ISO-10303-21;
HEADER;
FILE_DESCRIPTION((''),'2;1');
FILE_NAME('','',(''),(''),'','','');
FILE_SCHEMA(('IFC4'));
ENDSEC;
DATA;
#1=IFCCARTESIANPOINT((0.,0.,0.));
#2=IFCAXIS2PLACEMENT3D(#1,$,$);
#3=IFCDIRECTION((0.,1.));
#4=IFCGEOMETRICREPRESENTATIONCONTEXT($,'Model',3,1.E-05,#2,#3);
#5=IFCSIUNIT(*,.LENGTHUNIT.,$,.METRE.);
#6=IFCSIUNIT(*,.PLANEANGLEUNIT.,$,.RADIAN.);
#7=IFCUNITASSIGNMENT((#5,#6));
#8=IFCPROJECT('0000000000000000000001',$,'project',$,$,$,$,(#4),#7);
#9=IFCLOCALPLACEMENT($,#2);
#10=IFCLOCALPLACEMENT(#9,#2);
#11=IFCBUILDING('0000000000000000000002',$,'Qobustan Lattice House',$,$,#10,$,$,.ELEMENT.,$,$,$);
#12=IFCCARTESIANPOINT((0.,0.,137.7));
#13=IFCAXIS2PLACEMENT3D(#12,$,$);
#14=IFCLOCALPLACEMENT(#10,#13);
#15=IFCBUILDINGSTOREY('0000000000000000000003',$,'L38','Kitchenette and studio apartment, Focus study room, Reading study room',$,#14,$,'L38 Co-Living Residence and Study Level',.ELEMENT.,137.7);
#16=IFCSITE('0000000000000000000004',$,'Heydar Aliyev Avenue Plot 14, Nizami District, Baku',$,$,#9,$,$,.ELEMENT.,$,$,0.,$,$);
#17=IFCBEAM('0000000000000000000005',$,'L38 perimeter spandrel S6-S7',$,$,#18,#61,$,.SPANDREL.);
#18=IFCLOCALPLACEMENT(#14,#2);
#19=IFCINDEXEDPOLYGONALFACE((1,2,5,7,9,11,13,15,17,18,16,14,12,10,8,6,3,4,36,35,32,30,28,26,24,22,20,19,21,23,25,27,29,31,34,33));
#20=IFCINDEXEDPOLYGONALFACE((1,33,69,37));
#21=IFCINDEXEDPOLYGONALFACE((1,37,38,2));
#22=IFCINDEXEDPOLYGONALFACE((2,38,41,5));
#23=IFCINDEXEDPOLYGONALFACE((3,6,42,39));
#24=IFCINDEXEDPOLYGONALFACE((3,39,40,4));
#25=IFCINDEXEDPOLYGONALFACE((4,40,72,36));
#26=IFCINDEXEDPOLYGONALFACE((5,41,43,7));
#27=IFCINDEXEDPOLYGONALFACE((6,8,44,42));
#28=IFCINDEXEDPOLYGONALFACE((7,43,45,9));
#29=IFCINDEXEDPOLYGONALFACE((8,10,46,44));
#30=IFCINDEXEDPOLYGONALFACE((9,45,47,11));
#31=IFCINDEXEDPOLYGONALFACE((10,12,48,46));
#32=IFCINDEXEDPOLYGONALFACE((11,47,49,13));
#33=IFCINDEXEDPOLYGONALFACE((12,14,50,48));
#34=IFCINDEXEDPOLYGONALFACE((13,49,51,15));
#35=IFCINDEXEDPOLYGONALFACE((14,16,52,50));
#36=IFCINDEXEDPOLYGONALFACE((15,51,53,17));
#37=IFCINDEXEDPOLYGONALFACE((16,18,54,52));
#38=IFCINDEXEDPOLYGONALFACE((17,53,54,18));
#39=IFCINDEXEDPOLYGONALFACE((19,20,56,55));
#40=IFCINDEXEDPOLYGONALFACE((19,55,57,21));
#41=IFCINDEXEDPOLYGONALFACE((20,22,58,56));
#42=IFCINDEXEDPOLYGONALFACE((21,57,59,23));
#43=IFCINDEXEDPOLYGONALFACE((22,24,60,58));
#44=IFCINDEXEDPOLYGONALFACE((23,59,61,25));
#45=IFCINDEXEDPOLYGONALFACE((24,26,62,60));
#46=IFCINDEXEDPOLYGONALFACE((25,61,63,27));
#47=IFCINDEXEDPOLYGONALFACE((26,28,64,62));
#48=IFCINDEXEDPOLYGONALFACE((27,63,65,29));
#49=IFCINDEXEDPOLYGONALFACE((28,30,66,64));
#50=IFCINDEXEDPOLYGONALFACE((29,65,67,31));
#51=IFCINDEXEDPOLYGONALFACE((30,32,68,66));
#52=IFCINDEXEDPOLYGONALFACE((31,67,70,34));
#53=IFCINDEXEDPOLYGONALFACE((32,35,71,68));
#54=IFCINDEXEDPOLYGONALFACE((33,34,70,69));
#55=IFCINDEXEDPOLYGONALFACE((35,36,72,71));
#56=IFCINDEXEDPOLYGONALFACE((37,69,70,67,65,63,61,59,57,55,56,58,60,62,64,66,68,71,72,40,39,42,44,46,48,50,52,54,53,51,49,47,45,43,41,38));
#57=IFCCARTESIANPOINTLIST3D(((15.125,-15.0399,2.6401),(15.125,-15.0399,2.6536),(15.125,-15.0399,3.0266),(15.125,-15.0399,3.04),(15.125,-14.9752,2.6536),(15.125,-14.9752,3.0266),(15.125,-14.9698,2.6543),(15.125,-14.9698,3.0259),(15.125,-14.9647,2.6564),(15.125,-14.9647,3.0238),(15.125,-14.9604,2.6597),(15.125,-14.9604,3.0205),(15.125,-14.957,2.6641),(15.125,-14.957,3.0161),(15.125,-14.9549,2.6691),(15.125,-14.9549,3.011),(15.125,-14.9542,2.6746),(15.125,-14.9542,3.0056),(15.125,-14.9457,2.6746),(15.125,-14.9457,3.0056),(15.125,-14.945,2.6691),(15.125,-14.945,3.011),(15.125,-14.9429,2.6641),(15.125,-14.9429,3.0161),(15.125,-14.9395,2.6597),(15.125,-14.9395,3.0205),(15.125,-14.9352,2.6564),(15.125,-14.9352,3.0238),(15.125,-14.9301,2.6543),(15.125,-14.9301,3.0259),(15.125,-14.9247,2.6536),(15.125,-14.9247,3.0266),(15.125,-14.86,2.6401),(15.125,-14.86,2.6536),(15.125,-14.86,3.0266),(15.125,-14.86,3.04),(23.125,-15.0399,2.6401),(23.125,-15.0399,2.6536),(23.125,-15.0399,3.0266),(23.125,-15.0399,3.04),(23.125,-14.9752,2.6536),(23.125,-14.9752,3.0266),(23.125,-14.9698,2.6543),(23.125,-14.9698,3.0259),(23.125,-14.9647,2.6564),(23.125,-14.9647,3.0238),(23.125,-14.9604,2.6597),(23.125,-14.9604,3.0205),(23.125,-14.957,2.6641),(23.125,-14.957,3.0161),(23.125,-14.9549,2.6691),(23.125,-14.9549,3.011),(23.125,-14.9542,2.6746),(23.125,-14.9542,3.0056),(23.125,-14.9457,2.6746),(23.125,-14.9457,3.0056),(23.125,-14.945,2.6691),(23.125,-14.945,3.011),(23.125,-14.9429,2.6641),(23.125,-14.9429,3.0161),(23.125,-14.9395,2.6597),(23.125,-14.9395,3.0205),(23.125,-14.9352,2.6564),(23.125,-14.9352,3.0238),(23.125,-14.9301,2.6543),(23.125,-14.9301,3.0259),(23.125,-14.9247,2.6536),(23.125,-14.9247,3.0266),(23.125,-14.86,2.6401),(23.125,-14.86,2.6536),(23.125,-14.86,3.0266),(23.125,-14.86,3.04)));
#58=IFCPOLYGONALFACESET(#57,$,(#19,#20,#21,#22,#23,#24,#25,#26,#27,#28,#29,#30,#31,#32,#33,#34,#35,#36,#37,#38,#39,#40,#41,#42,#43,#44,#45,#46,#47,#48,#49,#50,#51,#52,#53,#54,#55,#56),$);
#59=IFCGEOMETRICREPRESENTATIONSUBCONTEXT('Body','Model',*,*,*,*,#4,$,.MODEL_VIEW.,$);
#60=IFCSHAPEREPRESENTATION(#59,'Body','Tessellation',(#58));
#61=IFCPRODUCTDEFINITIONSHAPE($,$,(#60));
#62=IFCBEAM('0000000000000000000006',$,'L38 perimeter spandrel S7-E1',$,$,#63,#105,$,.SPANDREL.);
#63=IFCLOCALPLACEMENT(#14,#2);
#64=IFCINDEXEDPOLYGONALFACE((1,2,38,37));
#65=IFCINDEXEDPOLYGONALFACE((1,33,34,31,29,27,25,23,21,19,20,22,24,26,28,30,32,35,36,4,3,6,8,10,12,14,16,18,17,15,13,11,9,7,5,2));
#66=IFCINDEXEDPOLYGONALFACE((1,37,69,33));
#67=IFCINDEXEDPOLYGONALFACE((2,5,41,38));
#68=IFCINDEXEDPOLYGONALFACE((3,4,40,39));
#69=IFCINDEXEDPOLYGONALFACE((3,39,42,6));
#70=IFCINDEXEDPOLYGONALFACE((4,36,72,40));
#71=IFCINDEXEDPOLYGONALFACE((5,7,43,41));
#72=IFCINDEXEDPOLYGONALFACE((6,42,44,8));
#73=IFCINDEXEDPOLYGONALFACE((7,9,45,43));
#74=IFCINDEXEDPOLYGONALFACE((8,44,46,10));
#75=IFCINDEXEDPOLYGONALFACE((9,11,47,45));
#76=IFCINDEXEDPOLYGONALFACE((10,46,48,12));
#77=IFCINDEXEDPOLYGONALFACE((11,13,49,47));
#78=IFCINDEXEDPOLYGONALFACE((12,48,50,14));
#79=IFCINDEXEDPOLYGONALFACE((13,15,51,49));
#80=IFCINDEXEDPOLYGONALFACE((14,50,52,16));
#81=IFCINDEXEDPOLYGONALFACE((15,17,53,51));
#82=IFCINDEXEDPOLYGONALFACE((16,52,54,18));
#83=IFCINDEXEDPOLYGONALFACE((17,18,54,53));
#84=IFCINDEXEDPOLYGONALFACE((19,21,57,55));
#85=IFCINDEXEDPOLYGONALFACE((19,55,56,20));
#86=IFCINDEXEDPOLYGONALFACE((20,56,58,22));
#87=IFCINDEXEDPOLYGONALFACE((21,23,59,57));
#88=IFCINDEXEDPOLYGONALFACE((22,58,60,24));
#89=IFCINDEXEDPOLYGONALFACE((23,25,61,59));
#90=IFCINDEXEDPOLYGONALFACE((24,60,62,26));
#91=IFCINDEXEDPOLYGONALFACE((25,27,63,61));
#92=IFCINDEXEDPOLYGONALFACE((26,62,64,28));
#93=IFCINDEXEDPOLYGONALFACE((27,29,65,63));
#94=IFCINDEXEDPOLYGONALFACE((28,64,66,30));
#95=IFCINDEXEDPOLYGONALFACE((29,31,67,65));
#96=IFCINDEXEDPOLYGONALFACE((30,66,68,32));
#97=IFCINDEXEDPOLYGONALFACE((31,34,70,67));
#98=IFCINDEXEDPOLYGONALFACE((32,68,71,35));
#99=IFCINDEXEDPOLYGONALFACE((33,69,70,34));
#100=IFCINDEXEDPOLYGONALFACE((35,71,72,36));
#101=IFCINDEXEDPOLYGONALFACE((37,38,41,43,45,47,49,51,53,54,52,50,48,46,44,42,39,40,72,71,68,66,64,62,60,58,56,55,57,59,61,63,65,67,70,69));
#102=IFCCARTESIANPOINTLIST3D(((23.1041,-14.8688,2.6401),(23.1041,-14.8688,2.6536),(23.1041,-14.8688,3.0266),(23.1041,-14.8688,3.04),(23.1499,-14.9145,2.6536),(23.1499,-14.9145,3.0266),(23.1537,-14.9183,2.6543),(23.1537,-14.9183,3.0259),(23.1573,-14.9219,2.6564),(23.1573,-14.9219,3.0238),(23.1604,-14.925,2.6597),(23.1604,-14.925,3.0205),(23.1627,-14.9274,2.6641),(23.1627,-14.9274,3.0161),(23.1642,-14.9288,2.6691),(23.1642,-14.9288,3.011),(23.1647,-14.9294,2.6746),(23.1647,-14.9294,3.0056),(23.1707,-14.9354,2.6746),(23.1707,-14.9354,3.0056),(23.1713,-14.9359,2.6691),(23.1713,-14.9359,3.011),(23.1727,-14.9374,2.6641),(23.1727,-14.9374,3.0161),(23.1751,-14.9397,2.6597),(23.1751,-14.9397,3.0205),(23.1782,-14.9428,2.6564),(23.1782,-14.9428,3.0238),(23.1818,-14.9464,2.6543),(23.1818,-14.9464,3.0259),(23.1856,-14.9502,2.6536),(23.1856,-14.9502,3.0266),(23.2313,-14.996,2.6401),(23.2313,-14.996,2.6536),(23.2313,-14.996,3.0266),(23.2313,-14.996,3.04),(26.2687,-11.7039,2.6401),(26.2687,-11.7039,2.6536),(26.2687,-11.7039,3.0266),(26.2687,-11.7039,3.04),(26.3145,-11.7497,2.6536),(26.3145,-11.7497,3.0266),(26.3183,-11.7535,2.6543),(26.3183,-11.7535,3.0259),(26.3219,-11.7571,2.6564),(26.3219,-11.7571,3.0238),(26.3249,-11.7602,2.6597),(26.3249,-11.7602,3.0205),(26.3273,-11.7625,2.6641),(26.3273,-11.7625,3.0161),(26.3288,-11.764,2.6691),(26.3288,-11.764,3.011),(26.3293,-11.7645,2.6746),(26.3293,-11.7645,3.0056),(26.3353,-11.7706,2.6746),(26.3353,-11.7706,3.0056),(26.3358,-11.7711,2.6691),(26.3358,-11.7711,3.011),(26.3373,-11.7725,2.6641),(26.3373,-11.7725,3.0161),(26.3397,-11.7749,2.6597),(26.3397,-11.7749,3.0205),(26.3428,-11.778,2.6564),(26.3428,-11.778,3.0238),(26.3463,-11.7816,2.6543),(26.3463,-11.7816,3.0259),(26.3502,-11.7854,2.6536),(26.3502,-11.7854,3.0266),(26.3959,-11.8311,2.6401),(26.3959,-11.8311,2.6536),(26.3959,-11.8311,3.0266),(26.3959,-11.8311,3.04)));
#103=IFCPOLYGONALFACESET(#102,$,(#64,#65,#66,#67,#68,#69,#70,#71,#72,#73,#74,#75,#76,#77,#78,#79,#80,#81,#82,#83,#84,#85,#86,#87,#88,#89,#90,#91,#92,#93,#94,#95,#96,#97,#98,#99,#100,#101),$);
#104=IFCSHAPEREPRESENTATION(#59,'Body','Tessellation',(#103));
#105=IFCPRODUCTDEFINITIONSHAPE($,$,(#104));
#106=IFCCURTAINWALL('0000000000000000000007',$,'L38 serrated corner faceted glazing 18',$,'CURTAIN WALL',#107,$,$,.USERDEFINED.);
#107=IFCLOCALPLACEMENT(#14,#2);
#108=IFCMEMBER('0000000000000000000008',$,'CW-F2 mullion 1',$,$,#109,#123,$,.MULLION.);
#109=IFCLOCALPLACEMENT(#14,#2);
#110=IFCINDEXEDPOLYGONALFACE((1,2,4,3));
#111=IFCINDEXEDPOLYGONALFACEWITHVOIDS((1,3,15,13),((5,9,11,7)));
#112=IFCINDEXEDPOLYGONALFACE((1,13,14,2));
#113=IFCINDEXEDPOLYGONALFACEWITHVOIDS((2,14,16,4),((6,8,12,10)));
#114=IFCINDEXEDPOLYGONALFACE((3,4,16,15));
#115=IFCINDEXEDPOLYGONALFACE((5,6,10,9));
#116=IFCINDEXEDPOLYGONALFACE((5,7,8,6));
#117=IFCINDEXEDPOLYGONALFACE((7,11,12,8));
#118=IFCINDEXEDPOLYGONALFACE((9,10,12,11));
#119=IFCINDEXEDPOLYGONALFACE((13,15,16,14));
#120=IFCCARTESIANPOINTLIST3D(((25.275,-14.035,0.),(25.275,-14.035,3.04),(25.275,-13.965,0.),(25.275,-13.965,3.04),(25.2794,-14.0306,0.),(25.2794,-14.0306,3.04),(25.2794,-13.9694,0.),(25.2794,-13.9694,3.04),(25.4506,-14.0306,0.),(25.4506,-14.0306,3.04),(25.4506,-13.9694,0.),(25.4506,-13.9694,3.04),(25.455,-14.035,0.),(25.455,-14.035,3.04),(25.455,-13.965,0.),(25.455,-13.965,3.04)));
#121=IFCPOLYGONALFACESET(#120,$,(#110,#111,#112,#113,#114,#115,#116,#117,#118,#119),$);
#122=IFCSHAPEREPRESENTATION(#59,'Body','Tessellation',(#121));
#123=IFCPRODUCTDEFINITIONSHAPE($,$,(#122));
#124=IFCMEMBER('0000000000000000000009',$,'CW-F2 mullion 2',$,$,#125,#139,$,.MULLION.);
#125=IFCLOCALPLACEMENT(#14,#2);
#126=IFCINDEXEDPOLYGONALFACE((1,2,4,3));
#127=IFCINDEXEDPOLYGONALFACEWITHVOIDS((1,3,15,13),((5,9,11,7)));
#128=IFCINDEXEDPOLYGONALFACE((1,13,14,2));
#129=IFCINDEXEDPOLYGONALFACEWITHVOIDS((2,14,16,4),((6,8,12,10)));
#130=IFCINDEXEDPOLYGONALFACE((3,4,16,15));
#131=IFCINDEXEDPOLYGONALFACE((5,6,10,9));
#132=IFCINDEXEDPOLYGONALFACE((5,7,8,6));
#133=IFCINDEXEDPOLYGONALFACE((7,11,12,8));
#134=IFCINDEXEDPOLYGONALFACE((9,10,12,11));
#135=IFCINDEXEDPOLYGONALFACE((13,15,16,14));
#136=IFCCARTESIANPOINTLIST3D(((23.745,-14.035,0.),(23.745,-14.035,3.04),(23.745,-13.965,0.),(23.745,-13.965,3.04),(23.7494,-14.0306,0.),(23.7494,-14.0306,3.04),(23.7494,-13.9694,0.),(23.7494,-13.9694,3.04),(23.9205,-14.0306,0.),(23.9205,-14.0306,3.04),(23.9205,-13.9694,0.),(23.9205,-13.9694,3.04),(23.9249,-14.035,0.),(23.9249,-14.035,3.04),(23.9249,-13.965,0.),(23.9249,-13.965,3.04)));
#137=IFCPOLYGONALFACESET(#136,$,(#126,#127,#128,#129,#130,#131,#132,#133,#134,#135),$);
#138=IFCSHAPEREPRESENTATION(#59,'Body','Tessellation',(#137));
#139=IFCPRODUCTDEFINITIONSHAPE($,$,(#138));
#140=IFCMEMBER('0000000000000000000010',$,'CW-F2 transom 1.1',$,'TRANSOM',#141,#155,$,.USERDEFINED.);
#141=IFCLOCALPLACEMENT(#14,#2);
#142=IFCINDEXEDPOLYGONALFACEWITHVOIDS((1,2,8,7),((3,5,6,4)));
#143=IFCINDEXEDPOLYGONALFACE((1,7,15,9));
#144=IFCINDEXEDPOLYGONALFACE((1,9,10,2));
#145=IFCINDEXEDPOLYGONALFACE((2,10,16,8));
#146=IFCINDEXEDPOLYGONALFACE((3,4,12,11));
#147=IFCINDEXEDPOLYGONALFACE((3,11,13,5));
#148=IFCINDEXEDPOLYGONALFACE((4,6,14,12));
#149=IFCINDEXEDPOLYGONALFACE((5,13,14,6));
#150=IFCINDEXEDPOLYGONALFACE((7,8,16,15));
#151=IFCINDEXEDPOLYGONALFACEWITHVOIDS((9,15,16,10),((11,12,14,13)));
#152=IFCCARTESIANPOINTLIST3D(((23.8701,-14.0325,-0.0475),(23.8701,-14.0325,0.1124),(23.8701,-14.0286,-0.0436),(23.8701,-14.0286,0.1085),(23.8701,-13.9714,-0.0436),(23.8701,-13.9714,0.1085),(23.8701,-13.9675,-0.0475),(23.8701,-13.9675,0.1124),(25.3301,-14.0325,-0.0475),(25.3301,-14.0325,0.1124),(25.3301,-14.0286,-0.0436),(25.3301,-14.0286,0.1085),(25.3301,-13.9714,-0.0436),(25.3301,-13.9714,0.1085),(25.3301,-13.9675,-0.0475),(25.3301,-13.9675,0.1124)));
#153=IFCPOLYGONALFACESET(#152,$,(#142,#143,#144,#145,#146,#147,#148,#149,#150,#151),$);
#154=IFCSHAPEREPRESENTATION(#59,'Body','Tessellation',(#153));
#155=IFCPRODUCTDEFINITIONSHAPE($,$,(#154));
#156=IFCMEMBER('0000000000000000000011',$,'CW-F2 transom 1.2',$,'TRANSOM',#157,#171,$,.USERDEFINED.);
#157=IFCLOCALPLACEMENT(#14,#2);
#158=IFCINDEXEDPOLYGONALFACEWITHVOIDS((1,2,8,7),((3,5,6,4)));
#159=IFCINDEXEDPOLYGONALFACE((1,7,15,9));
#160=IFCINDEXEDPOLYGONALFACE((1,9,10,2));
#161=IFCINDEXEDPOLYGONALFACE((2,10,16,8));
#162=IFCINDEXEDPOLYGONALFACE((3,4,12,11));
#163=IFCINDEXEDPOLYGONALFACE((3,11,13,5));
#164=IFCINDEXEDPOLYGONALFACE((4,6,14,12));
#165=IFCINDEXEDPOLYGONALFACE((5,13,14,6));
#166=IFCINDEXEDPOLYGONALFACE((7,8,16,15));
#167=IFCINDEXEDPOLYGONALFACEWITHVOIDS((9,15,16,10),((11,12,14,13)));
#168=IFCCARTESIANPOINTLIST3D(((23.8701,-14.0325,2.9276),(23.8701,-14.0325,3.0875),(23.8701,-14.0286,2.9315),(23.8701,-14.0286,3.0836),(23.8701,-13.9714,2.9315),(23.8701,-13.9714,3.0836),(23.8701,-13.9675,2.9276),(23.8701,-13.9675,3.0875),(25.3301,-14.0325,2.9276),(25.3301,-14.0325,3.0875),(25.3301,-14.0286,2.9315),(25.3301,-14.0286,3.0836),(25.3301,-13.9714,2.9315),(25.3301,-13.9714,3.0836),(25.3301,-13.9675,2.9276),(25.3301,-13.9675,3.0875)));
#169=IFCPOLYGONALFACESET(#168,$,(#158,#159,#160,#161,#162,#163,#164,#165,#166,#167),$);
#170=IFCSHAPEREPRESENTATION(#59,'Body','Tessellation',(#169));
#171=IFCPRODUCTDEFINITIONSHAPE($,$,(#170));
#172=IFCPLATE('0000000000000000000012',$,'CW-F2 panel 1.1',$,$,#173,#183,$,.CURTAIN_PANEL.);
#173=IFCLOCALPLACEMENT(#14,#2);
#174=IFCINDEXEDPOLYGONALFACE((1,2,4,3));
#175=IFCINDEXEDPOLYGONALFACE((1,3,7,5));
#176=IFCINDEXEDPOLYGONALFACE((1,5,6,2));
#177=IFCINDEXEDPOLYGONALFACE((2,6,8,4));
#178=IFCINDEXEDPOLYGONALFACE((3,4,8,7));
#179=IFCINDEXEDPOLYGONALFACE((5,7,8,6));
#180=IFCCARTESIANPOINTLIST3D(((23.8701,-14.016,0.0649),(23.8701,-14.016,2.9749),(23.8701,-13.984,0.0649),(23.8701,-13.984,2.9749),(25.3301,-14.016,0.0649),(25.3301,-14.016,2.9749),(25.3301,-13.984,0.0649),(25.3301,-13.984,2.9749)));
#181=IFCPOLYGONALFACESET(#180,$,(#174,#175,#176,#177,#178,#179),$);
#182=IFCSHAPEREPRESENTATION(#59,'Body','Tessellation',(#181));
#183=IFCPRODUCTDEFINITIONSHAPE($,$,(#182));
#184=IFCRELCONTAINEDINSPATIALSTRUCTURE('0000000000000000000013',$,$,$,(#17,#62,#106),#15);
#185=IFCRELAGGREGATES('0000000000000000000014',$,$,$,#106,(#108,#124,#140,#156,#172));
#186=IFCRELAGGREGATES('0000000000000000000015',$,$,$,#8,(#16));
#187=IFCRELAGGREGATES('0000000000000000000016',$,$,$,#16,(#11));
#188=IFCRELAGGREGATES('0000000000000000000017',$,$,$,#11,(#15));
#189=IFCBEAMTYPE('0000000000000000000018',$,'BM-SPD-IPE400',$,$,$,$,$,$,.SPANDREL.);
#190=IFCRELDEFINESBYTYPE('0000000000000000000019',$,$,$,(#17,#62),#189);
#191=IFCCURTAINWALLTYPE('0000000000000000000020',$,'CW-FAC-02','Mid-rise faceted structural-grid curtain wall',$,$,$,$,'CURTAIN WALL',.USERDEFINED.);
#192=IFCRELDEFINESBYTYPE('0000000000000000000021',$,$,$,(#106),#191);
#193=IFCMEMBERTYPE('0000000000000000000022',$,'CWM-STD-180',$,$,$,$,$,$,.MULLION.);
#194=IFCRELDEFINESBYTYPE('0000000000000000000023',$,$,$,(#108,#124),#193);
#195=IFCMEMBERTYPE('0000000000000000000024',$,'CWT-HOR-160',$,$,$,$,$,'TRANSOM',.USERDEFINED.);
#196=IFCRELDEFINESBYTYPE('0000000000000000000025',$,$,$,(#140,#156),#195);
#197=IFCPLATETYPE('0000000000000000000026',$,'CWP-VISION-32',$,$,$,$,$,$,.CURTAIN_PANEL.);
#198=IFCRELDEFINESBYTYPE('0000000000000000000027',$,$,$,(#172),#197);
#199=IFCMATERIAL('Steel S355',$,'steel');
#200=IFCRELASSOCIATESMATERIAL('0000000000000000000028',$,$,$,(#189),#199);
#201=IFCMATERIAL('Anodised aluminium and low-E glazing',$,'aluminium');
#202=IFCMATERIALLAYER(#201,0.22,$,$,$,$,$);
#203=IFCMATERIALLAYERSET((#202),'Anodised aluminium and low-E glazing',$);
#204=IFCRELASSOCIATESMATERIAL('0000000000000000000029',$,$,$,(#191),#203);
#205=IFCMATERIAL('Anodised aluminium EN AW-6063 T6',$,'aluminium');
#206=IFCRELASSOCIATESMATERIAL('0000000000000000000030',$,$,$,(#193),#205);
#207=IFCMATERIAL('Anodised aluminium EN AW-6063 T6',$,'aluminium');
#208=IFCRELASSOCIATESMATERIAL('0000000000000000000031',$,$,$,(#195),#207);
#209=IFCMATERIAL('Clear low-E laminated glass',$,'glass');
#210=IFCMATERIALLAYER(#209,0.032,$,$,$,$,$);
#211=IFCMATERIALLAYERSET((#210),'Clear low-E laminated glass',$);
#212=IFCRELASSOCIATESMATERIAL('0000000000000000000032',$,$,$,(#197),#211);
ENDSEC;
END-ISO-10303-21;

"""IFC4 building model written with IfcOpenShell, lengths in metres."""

from ifc_helpers import new_model, si_unit, direction, frame, origin, origin_2d, place, context, subcontext, project, spatial, rectangle, hollow_rectangle, i_section, extrude, material, layer, layer_set, material_profile, profile_set, type_object, element, aggregate, save


model = new_model("IFC4")

# Units and contexts
model_context = context("Model", 3, precision=1e-05, world=origin(), true_north=direction((0.0, 1.0)))
body_context = subcontext(model_context, "Body", "Model", "MODEL_VIEW")
ifc_project = project(units=[si_unit("LENGTHUNIT", "METRE"), si_unit("PLANEANGLEUNIT", "RADIAN")], contexts=[model_context])

# Site, building, storey
site_placement = place(None, origin())
site = spatial("IfcSite", under=ifc_project, at=site_placement, Name="Heydar Aliyev Avenue Plot 14, Nizami District, Baku", CompositionType="ELEMENT", RefElevation=0.0)
building_placement = place(site_placement, origin())
building = spatial("IfcBuilding", under=site, at=building_placement, Name="Qobustan Lattice House", CompositionType="ELEMENT")
storey_placement = place(building_placement, frame((0.0, 0.0, 137.7)))
storey = spatial("IfcBuildingStorey", under=building, at=storey_placement, Name="L38", Description="Kitchenette and studio apartment, Focus study room, Reading study room", LongName="L38 Co-Living Residence and Study Level", CompositionType="ELEMENT", Elevation=137.7)

# Beams
ifc_material_1 = material(Name="Steel S355", Category="steel")
ifc_material_profile_1 = material_profile(ifc_material_1, i_section(OverallWidth=0.1799, OverallDepth=0.3999, WebThickness=0.0085, FlangeThickness=0.0134, FilletRadius=0.021, at=origin_2d()), Name="IPE400")
ifc_profile_set_1 = profile_set([ifc_material_profile_1], Name="Steel S355")
beam_type_1 = type_object("IfcBeamType", Name="BM-SPD-IPE400", PredefinedType="SPANDREL", material=ifc_profile_set_1)
beam_1_placement = place(storey_placement, frame((15.125, -14.95, 2.8401), z_axis=(1.0, 0.0, 0.0), x_axis=(0.0, 1.0, 0.0)))
element("IfcBeam", 1, at=beam_1_placement, inside=storey, type_object=beam_type_1, Name="L38 perimeter spandrel S6-S7", PredefinedType="SPANDREL", context=body_context, shape_type="SweptSolid", body=[
    extrude(i_section(OverallWidth=0.1799, OverallDepth=0.3999, WebThickness=0.0085, FlangeThickness=0.0134, FilletRadius=0.021, at=origin_2d()), origin(), (0.0, 0.0, 1.0), 8.0),
])
beam_2_placement = place(storey_placement, frame((23.1677, -14.9324, 2.8401), z_axis=(0.70708, 0.707134, 0.0), x_axis=(-0.707134, 0.70708, 0.0)))
element("IfcBeam", 2, at=beam_2_placement, inside=storey, type_object=beam_type_1, Name="L38 perimeter spandrel S7-E1", PredefinedType="SPANDREL", context=body_context, shape_type="SweptSolid", body=[
    extrude(i_section(OverallWidth=0.1799, OverallDepth=0.3999, WebThickness=0.0085, FlangeThickness=0.0134, FilletRadius=0.021, at=origin_2d()), origin(), (0.0, 0.0, 1.0), 4.4756),
])

# Curtain wall, members, plate
ifc_material_2 = material(Name="Anodised aluminium and low-E glazing", Category="aluminium")
ifc_layer_1 = layer(ifc_material_2, 0.22)
ifc_layer_set_1 = layer_set([ifc_layer_1], Name="Anodised aluminium and low-E glazing")
curtain_wall_type = type_object("IfcCurtainWallType", Name="CW-FAC-02", Description="Mid-rise faceted structural-grid curtain wall", ElementType="CURTAIN WALL", PredefinedType="USERDEFINED", material=ifc_layer_set_1)
curtain_wall_placement = place(storey_placement, origin())
curtain_wall = element("IfcCurtainWall", 3, at=curtain_wall_placement, inside=storey, type_object=curtain_wall_type, Name="L38 serrated corner faceted glazing 18", ObjectType="CURTAIN WALL", PredefinedType="USERDEFINED")
ifc_material_3 = material(Name="Anodised aluminium EN AW-6063 T6", Category="aluminium")
ifc_material_profile_2 = material_profile(ifc_material_3, hollow_rectangle(XDim=0.0701, YDim=0.1799, WallThickness=0.0044, at=origin_2d()), Name="CWM-180x70")
ifc_profile_set_2 = profile_set([ifc_material_profile_2], Name="Anodised aluminium EN AW-6063 T6")
member_type_1 = type_object("IfcMemberType", Name="CWM-STD-180", PredefinedType="MULLION", material=ifc_profile_set_2)
member_1_placement = place(storey_placement, frame((25.365, -14.0, 0.0), z_axis=(0.0, 0.0, 1.0), x_axis=(0.0, -1.0, 0.0)))
member_1 = element("IfcMember", 4, at=member_1_placement, type_object=member_type_1, Name="CW-F2 mullion 1", PredefinedType="MULLION", context=body_context, shape_type="SweptSolid", body=[
    extrude(hollow_rectangle(XDim=0.0701, YDim=0.1799, WallThickness=0.0044, at=origin_2d()), origin(), (0.0, 0.0, 1.0), 3.04),
])
member_2_placement = place(storey_placement, frame((23.835, -14.0, 0.0), z_axis=(0.0, 0.0, 1.0), x_axis=(0.0, -1.0, 0.0)))
member_2 = element("IfcMember", 5, at=member_2_placement, type_object=member_type_1, Name="CW-F2 mullion 2", PredefinedType="MULLION", context=body_context, shape_type="SweptSolid", body=[
    extrude(hollow_rectangle(XDim=0.0701, YDim=0.1799, WallThickness=0.0044, at=origin_2d()), origin(), (0.0, 0.0, 1.0), 3.04),
])
ifc_material_4 = material(Name="Anodised aluminium EN AW-6063 T6", Category="aluminium")
ifc_material_profile_3 = material_profile(ifc_material_4, hollow_rectangle(XDim=0.0649, YDim=0.1599, WallThickness=0.0039, at=origin_2d()), Name="CWT-160x65")
ifc_profile_set_3 = profile_set([ifc_material_profile_3], Name="Anodised aluminium EN AW-6063 T6")
member_type_2 = type_object("IfcMemberType", Name="CWT-HOR-160", ElementType="TRANSOM", PredefinedType="USERDEFINED", material=ifc_profile_set_3)
member_3_placement = place(storey_placement, frame((25.3301, -14.0, 0.0325), z_axis=(-1.0, 0.0, 0.0), x_axis=(0.0, -1.0, 0.0)))
member_3 = element("IfcMember", 6, at=member_3_placement, type_object=member_type_2, Name="CW-F2 transom 1.1", ObjectType="TRANSOM", PredefinedType="USERDEFINED", context=body_context, shape_type="SweptSolid", body=[
    extrude(hollow_rectangle(XDim=0.0649, YDim=0.1599, WallThickness=0.0039, at=origin_2d()), origin(), (0.0, 0.0, 1.0), 1.46),
])
member_4_placement = place(storey_placement, frame((25.3301, -14.0, 3.0076), z_axis=(-1.0, 0.0, 0.0), x_axis=(0.0, -1.0, 0.0)))
member_4 = element("IfcMember", 7, at=member_4_placement, type_object=member_type_2, Name="CW-F2 transom 1.2", ObjectType="TRANSOM", PredefinedType="USERDEFINED", context=body_context, shape_type="SweptSolid", body=[
    extrude(hollow_rectangle(XDim=0.0649, YDim=0.1599, WallThickness=0.0039, at=origin_2d()), origin(), (0.0, 0.0, 1.0), 1.46),
])
ifc_material_5 = material(Name="Clear low-E laminated glass", Category="glass")
ifc_layer_2 = layer(ifc_material_5, 0.032)
ifc_layer_set_2 = layer_set([ifc_layer_2], Name="Clear low-E laminated glass")
plate_type_1 = type_object("IfcPlateType", Name="CWP-VISION-32", PredefinedType="CURTAIN_PANEL", material=ifc_layer_set_2)
plate_1_placement = place(storey_placement, frame((24.6001, -14.0, 0.0649), z_axis=(0.0, 0.0, 1.0), x_axis=(-1.0, 0.0, 0.0)))
plate_1 = element("IfcPlate", 8, at=plate_1_placement, type_object=plate_type_1, Name="CW-F2 panel 1.1", PredefinedType="CURTAIN_PANEL", context=body_context, shape_type="SweptSolid", body=[
    extrude(rectangle(XDim=1.46, YDim=0.032, at=origin_2d()), origin(), (0.0, 0.0, 1.0), 2.9099),
])
aggregate(curtain_wall, [member_1, member_2, member_3, member_4, plate_1])

save(model, "model.ifc")
